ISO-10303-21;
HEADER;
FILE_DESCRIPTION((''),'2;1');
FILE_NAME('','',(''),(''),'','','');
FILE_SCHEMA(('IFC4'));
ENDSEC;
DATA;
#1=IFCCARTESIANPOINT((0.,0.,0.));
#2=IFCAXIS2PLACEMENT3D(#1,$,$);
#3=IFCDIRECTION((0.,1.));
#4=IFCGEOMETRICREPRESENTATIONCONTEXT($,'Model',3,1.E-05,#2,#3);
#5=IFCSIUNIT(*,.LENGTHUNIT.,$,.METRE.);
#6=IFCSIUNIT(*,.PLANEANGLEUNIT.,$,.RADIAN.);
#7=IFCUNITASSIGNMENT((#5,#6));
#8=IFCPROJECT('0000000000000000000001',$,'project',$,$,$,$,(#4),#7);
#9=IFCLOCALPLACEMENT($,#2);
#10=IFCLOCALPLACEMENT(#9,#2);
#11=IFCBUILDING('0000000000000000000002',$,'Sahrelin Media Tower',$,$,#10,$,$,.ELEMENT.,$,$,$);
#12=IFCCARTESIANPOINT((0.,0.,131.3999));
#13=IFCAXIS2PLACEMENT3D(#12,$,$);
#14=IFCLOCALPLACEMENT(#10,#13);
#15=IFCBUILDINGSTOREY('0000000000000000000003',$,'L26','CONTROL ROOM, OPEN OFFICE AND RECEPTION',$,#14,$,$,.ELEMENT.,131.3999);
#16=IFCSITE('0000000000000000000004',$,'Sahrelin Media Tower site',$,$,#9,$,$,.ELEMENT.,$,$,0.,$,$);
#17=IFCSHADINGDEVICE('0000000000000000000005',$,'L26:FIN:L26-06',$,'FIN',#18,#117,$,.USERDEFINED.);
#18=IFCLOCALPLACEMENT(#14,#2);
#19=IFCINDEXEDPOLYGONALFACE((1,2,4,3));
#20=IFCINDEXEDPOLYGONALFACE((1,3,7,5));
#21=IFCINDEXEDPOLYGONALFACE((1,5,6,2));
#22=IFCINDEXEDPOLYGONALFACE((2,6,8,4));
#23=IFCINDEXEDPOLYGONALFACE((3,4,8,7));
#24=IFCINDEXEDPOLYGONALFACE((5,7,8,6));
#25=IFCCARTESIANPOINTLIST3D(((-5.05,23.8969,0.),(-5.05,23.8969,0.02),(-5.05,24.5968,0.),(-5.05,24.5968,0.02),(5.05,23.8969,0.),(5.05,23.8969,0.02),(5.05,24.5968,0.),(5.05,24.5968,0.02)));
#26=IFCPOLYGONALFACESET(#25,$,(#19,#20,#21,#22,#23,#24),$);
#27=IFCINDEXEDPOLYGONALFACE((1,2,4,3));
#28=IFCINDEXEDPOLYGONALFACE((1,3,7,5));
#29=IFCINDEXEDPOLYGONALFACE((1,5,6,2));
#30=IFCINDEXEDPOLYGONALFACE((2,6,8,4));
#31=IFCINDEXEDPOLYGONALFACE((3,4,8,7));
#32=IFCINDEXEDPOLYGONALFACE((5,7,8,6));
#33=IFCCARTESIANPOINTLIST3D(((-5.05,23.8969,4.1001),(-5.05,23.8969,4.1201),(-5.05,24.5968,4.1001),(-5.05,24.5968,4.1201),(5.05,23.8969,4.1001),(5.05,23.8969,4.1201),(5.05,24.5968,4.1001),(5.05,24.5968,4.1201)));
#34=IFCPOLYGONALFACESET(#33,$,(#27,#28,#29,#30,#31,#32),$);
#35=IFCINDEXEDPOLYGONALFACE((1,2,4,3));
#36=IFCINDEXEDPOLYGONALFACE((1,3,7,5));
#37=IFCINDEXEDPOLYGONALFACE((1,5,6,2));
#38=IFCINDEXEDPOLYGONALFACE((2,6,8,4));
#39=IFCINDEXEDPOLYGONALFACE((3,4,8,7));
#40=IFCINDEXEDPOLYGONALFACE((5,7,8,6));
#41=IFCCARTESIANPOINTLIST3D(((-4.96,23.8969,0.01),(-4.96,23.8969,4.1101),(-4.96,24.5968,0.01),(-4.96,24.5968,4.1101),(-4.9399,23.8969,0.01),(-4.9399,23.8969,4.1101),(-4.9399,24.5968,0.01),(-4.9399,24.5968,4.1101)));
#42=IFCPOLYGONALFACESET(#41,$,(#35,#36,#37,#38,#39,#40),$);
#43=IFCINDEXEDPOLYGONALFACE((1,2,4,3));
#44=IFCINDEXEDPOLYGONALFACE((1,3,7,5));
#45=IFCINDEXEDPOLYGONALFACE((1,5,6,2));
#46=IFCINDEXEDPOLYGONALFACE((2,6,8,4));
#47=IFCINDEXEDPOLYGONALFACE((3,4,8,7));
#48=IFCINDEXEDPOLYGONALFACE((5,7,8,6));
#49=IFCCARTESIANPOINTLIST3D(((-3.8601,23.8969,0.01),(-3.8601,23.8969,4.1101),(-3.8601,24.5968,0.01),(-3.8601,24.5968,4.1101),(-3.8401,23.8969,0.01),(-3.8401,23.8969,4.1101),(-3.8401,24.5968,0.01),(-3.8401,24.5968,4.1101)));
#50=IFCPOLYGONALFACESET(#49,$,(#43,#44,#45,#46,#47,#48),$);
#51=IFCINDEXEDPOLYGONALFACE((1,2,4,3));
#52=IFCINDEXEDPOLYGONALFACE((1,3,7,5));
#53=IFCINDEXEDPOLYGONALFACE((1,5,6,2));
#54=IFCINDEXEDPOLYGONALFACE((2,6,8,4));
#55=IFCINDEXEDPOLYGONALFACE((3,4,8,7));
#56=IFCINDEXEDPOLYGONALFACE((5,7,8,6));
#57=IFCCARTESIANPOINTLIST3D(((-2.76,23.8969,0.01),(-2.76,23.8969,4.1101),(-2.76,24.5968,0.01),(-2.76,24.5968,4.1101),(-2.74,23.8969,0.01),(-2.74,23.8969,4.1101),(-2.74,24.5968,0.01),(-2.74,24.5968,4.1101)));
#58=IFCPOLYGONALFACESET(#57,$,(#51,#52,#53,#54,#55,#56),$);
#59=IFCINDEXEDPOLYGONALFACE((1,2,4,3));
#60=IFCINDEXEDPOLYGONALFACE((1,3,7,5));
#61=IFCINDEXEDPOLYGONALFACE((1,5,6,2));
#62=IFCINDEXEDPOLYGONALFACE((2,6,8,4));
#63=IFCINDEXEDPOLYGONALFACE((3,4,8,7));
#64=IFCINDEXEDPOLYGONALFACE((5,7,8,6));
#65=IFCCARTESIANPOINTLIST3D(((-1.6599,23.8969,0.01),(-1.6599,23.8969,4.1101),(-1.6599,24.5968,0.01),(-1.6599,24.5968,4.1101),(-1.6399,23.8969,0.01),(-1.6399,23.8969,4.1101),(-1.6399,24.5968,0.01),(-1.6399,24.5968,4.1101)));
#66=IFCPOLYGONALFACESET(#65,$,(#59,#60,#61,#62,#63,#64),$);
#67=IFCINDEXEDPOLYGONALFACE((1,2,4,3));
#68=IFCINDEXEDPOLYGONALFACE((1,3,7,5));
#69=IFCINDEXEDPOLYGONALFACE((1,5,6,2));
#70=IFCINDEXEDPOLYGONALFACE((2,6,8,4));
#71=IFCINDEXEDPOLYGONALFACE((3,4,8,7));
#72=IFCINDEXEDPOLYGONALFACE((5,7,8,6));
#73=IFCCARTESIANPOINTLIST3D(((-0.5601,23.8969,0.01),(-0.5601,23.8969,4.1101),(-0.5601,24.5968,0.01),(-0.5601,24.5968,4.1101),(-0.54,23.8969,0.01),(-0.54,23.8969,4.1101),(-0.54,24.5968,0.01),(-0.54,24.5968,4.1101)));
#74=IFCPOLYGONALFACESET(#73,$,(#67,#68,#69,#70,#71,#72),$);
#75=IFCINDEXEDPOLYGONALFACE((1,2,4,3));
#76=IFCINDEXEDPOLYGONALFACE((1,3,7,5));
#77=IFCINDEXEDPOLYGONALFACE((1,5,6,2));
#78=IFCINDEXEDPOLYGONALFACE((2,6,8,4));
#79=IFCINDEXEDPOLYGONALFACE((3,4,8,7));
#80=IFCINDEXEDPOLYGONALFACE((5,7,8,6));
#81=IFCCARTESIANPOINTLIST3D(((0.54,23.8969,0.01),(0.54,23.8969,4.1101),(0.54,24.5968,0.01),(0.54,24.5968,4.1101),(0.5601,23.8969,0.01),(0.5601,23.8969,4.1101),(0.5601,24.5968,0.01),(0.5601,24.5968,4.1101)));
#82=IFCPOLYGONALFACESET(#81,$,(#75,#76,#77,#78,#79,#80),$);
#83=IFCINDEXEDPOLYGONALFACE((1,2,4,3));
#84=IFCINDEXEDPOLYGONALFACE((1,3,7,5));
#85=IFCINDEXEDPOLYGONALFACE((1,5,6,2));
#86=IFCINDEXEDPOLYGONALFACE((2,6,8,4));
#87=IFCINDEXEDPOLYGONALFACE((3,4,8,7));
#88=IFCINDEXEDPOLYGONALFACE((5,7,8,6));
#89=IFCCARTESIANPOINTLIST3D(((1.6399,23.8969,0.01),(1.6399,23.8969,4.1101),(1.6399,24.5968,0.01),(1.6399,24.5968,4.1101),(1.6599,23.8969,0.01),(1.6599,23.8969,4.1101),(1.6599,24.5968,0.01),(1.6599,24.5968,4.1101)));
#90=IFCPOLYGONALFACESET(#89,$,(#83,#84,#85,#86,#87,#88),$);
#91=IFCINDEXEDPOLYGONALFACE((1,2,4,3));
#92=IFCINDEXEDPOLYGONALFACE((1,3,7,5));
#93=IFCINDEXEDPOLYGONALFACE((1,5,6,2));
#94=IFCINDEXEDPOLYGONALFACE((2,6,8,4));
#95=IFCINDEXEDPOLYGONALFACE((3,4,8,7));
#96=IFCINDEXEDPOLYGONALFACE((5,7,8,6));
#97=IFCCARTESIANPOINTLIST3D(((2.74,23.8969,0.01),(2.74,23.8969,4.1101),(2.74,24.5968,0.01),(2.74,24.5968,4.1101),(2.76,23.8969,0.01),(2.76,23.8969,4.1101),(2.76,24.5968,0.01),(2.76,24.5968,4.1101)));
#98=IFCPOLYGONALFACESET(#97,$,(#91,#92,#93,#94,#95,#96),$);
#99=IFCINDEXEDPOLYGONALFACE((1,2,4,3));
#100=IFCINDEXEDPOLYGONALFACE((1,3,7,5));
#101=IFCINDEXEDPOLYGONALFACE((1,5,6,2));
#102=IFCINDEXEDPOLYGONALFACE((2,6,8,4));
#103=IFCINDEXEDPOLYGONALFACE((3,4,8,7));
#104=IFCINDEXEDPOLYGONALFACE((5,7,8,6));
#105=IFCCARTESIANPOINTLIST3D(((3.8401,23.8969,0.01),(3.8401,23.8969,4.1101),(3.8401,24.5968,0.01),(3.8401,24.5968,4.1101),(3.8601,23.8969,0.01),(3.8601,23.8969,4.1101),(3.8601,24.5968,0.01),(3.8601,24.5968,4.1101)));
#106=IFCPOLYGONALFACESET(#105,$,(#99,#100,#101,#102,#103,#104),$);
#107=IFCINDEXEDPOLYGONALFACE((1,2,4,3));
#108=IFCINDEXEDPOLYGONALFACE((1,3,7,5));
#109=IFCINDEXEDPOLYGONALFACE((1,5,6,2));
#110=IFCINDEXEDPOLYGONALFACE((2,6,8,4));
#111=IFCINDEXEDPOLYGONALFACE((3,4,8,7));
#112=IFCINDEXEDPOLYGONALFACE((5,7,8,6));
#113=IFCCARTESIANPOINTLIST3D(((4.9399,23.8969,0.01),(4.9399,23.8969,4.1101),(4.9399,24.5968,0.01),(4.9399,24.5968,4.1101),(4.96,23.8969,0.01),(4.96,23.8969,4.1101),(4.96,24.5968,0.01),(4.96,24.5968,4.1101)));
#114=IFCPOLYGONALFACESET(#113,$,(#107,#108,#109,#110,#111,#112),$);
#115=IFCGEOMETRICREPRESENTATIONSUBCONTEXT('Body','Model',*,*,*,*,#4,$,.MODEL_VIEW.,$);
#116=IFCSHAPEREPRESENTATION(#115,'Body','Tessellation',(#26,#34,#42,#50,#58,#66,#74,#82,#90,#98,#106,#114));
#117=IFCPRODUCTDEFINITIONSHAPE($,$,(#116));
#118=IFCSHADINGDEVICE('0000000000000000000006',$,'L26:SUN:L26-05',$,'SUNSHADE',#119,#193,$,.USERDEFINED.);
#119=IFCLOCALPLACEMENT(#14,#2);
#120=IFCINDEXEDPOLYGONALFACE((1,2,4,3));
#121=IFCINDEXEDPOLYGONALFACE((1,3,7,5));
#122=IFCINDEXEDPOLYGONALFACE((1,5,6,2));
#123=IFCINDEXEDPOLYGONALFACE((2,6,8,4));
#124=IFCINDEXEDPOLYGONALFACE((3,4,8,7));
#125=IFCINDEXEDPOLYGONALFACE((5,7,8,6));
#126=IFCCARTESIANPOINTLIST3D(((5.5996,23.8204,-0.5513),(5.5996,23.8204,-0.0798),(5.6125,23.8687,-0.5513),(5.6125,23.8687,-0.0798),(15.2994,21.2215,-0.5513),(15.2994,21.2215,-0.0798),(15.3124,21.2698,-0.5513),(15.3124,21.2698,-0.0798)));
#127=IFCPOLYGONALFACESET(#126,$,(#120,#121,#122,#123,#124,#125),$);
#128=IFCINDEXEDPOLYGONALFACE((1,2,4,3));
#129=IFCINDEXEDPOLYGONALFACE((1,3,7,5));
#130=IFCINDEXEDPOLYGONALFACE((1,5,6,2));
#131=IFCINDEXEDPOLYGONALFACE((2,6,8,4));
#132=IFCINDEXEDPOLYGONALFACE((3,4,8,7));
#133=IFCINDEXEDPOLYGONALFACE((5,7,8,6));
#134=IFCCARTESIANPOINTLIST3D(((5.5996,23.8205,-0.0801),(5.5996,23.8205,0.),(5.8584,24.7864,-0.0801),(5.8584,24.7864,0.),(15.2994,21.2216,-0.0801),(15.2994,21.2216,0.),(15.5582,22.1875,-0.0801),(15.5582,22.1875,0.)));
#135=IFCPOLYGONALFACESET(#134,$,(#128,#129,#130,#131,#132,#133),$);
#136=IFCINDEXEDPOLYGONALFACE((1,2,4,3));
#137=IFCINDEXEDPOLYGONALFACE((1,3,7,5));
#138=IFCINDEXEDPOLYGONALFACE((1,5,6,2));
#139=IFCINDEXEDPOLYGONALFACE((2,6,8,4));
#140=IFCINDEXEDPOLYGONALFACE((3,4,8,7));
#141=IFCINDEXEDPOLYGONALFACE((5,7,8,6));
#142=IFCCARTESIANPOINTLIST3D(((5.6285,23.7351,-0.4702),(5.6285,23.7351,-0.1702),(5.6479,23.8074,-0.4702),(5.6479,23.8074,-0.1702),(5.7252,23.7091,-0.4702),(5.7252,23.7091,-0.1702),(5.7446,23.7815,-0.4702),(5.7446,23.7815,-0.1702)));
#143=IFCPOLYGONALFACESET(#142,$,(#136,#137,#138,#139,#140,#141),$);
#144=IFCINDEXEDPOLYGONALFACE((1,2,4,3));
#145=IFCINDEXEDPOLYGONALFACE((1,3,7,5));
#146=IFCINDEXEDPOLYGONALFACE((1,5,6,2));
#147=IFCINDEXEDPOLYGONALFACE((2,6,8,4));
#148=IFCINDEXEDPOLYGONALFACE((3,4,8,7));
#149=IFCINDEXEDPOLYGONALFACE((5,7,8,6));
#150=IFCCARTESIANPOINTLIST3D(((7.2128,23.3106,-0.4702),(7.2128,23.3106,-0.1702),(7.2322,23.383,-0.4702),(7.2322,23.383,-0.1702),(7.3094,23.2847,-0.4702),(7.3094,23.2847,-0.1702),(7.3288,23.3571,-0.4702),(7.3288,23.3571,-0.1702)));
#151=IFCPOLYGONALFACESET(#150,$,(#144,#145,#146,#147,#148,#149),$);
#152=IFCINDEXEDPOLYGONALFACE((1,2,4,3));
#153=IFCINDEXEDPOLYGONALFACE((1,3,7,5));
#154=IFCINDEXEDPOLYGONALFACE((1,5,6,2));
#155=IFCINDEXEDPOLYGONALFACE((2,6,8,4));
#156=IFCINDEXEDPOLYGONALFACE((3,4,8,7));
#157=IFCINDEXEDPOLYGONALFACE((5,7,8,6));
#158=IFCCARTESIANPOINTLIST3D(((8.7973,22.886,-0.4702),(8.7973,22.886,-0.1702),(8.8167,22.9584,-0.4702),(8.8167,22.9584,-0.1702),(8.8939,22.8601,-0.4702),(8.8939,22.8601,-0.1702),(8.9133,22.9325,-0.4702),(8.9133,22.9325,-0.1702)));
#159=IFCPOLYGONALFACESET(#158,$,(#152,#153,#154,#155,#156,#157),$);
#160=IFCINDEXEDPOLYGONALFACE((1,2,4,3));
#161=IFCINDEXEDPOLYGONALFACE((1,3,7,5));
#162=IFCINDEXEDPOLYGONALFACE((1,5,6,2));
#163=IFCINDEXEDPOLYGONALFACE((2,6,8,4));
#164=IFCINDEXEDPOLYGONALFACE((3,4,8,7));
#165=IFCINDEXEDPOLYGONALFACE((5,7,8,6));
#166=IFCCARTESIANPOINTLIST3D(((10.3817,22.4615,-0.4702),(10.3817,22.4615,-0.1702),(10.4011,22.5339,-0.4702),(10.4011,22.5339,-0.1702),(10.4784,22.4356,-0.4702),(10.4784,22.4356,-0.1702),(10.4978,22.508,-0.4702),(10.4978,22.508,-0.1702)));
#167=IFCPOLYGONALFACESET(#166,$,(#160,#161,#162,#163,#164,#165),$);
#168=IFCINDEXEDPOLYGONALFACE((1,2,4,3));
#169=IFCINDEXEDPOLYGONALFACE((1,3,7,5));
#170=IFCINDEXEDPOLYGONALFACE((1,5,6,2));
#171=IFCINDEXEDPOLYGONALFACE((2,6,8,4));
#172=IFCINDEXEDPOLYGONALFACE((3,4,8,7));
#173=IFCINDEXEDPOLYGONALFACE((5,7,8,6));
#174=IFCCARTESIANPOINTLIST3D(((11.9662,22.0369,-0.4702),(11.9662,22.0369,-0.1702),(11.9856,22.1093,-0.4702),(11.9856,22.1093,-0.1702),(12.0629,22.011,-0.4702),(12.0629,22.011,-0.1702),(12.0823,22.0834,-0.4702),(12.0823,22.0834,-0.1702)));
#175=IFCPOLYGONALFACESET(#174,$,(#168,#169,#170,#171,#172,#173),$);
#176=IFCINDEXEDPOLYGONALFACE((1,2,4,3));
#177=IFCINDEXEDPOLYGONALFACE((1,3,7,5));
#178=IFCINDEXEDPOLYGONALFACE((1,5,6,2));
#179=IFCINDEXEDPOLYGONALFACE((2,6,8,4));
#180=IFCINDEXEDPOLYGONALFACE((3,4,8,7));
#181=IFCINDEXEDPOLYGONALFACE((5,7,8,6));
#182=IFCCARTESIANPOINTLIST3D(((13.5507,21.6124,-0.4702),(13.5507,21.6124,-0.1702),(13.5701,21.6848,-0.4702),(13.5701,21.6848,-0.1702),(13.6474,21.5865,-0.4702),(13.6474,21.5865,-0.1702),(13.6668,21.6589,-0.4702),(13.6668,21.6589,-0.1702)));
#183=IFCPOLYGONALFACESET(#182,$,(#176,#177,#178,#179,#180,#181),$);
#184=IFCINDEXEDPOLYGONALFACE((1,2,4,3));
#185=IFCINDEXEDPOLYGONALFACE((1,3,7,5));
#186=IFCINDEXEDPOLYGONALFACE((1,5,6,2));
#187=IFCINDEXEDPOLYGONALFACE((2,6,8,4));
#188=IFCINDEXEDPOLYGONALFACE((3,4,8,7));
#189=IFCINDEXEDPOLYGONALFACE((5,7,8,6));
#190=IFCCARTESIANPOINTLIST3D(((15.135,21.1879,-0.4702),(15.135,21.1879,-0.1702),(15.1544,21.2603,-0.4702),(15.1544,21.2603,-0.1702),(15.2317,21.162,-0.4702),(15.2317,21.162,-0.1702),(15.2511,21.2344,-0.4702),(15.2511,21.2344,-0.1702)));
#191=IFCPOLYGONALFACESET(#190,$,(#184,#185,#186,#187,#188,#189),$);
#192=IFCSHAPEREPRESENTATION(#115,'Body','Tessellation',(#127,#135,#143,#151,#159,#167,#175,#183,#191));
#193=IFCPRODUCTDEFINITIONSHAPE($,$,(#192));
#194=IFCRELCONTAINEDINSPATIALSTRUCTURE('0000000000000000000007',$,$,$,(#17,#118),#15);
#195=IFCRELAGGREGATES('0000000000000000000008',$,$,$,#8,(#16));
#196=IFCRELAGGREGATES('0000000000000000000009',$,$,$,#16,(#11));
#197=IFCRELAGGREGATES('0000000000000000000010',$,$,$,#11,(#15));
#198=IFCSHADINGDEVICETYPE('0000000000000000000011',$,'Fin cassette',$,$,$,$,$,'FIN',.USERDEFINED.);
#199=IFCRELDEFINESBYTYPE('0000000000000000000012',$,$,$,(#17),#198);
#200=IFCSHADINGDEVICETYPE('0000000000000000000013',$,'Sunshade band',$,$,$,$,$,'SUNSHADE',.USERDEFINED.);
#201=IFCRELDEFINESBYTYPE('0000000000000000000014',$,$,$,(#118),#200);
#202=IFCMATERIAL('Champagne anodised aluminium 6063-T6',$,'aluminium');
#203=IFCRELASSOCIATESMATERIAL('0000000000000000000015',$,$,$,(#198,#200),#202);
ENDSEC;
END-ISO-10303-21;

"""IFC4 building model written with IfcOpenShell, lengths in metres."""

from ifc_helpers import new_model, si_unit, direction, frame, origin, origin_2d, place, context, subcontext, project, spatial, rectangle, extrude, material, type_object, element, save


model = new_model("IFC4")

# Units and contexts
model_context = context("Model", 3, precision=1e-05, world=origin(), true_north=direction((0.0, 1.0)))
body_context = subcontext(model_context, "Body", "Model", "MODEL_VIEW")
ifc_project = project(units=[si_unit("LENGTHUNIT", "METRE"), si_unit("PLANEANGLEUNIT", "RADIAN")], contexts=[model_context])

# Site, building, storey
site_placement = place(None, origin())
site = spatial("IfcSite", under=ifc_project, at=site_placement, Name="Sahrelin Media Tower site", CompositionType="ELEMENT", RefElevation=0.0)
building_placement = place(site_placement, origin())
building = spatial("IfcBuilding", under=site, at=building_placement, Name="Sahrelin Media Tower", CompositionType="ELEMENT")
storey_placement = place(building_placement, frame((0.0, 0.0, 131.3999)))
storey = spatial("IfcBuildingStorey", under=building, at=storey_placement, Name="L26", Description="CONTROL ROOM, OPEN OFFICE AND RECEPTION", CompositionType="ELEMENT", Elevation=131.3999)

# Shared definitions
ifc_material_1 = material(Name="Champagne anodised aluminium 6063-T6", Category="aluminium")

# Shared definitions
placement_1 = place(storey_placement, frame((0.0, 23.8269, 0.0), z_axis=(0.0, 0.0, 1.0), x_axis=(1.0, 0.0, 0.0)))

# Shading devices
shading_device_type_1 = type_object("IfcShadingDeviceType", Name="Fin cassette", ElementType="FIN", PredefinedType="USERDEFINED", material=ifc_material_1)
placement_2 = place(storey_placement, frame((10.4443, 22.5017, 0.0), z_axis=(0.0, 0.0, 1.0), x_axis=(0.965929, -0.258808, 0.0)))
element("IfcShadingDevice", 1, at=placement_1, inside=storey, type_object=shading_device_type_1, Name="L26:FIN:L26-06", ObjectType="FIN", PredefinedType="USERDEFINED", context=body_context, shape_type="SweptSolid", body=[
    extrude(rectangle(XDim=10.1001, YDim=0.7, at=origin_2d()), frame((0.0, 0.4199, 0.0)), (0.0, 0.0, 1.0), 0.02),
    extrude(rectangle(XDim=10.1001, YDim=0.7, at=origin_2d()), frame((0.0, 0.4199, 4.1001)), (0.0, 0.0, 1.0), 0.02),
    extrude(rectangle(XDim=0.02, YDim=0.7, at=origin_2d()), frame((-4.95, 0.4199, 0.01), z_axis=(0.0, 0.0, 1.0), x_axis=(1.0, 0.0, 0.0)), (0.0, 0.0, 1.0), 4.1001),
    extrude(rectangle(XDim=0.02, YDim=0.7, at=origin_2d()), frame((-3.8501, 0.4199, 0.01), z_axis=(0.0, 0.0, 1.0), x_axis=(1.0, 0.0, 0.0)), (0.0, 0.0, 1.0), 4.1001),
    extrude(rectangle(XDim=0.02, YDim=0.7, at=origin_2d()), frame((-2.75, 0.4199, 0.01), z_axis=(0.0, 0.0, 1.0), x_axis=(1.0, 0.0, 0.0)), (0.0, 0.0, 1.0), 4.1001),
    extrude(rectangle(XDim=0.02, YDim=0.7, at=origin_2d()), frame((-1.6499, 0.4199, 0.01), z_axis=(0.0, 0.0, 1.0), x_axis=(1.0, 0.0, 0.0)), (0.0, 0.0, 1.0), 4.1001),
    extrude(rectangle(XDim=0.02, YDim=0.7, at=origin_2d()), frame((-0.55, 0.4199, 0.01), z_axis=(0.0, 0.0, 1.0), x_axis=(1.0, 0.0, 0.0)), (0.0, 0.0, 1.0), 4.1001),
    extrude(rectangle(XDim=0.02, YDim=0.7, at=origin_2d()), frame((0.55, 0.4199, 0.01), z_axis=(0.0, 0.0, 1.0), x_axis=(1.0, 0.0, 0.0)), (0.0, 0.0, 1.0), 4.1001),
    extrude(rectangle(XDim=0.02, YDim=0.7, at=origin_2d()), frame((1.6499, 0.4199, 0.01), z_axis=(0.0, 0.0, 1.0), x_axis=(1.0, 0.0, 0.0)), (0.0, 0.0, 1.0), 4.1001),
    extrude(rectangle(XDim=0.02, YDim=0.7, at=origin_2d()), frame((2.75, 0.4199, 0.01), z_axis=(0.0, 0.0, 1.0), x_axis=(1.0, 0.0, 0.0)), (0.0, 0.0, 1.0), 4.1001),
    extrude(rectangle(XDim=0.02, YDim=0.7, at=origin_2d()), frame((3.8501, 0.4199, 0.01), z_axis=(0.0, 0.0, 1.0), x_axis=(1.0, 0.0, 0.0)), (0.0, 0.0, 1.0), 4.1001),
    extrude(rectangle(XDim=0.02, YDim=0.7, at=origin_2d()), frame((4.95, 0.4199, 0.01), z_axis=(0.0, 0.0, 1.0), x_axis=(1.0, 0.0, 0.0)), (0.0, 0.0, 1.0), 4.1001),
])
shading_device_type_2 = type_object("IfcShadingDeviceType", Name="Sunshade band", ElementType="SUNSHADE", PredefinedType="USERDEFINED", material=ifc_material_1)
element("IfcShadingDevice", 2, at=placement_2, inside=storey, type_object=shading_device_type_2, Name="L26:SUN:L26-05", ObjectType="SUNSHADE", PredefinedType="USERDEFINED", context=body_context, shape_type="SweptSolid", body=[
    extrude(rectangle(XDim=10.042, YDim=0.05, at=origin_2d()), frame((0.0, 0.0449, -0.5513)), (0.0, 0.0, 1.0), 0.4714),
    extrude(rectangle(XDim=10.042, YDim=1.0, at=origin_2d()), frame((0.0, 0.52, -0.0801)), (0.0, 0.0, 1.0), 0.0801),
    extrude(rectangle(XDim=0.1001, YDim=0.075, at=origin_2d()), frame((-4.9209, -0.0176, -0.4702)), (0.0, 0.0, 1.0), 0.3),
    extrude(rectangle(XDim=0.1001, YDim=0.075, at=origin_2d()), frame((-3.2808, -0.0176, -0.4702)), (0.0, 0.0, 1.0), 0.3),
    extrude(rectangle(XDim=0.1001, YDim=0.075, at=origin_2d()), frame((-1.6404, -0.0176, -0.4702)), (0.0, 0.0, 1.0), 0.3),
    extrude(rectangle(XDim=0.1001, YDim=0.075, at=origin_2d()), frame((0.0, -0.0176, -0.4702)), (0.0, 0.0, 1.0), 0.3),
    extrude(rectangle(XDim=0.1001, YDim=0.075, at=origin_2d()), frame((1.6404, -0.0176, -0.4702)), (0.0, 0.0, 1.0), 0.3),
    extrude(rectangle(XDim=0.1001, YDim=0.075, at=origin_2d()), frame((3.2808, -0.0176, -0.4702)), (0.0, 0.0, 1.0), 0.3),
    extrude(rectangle(XDim=0.1001, YDim=0.075, at=origin_2d()), frame((4.9209, -0.0176, -0.4702)), (0.0, 0.0, 1.0), 0.3),
])

save(model, "model.ifc")
